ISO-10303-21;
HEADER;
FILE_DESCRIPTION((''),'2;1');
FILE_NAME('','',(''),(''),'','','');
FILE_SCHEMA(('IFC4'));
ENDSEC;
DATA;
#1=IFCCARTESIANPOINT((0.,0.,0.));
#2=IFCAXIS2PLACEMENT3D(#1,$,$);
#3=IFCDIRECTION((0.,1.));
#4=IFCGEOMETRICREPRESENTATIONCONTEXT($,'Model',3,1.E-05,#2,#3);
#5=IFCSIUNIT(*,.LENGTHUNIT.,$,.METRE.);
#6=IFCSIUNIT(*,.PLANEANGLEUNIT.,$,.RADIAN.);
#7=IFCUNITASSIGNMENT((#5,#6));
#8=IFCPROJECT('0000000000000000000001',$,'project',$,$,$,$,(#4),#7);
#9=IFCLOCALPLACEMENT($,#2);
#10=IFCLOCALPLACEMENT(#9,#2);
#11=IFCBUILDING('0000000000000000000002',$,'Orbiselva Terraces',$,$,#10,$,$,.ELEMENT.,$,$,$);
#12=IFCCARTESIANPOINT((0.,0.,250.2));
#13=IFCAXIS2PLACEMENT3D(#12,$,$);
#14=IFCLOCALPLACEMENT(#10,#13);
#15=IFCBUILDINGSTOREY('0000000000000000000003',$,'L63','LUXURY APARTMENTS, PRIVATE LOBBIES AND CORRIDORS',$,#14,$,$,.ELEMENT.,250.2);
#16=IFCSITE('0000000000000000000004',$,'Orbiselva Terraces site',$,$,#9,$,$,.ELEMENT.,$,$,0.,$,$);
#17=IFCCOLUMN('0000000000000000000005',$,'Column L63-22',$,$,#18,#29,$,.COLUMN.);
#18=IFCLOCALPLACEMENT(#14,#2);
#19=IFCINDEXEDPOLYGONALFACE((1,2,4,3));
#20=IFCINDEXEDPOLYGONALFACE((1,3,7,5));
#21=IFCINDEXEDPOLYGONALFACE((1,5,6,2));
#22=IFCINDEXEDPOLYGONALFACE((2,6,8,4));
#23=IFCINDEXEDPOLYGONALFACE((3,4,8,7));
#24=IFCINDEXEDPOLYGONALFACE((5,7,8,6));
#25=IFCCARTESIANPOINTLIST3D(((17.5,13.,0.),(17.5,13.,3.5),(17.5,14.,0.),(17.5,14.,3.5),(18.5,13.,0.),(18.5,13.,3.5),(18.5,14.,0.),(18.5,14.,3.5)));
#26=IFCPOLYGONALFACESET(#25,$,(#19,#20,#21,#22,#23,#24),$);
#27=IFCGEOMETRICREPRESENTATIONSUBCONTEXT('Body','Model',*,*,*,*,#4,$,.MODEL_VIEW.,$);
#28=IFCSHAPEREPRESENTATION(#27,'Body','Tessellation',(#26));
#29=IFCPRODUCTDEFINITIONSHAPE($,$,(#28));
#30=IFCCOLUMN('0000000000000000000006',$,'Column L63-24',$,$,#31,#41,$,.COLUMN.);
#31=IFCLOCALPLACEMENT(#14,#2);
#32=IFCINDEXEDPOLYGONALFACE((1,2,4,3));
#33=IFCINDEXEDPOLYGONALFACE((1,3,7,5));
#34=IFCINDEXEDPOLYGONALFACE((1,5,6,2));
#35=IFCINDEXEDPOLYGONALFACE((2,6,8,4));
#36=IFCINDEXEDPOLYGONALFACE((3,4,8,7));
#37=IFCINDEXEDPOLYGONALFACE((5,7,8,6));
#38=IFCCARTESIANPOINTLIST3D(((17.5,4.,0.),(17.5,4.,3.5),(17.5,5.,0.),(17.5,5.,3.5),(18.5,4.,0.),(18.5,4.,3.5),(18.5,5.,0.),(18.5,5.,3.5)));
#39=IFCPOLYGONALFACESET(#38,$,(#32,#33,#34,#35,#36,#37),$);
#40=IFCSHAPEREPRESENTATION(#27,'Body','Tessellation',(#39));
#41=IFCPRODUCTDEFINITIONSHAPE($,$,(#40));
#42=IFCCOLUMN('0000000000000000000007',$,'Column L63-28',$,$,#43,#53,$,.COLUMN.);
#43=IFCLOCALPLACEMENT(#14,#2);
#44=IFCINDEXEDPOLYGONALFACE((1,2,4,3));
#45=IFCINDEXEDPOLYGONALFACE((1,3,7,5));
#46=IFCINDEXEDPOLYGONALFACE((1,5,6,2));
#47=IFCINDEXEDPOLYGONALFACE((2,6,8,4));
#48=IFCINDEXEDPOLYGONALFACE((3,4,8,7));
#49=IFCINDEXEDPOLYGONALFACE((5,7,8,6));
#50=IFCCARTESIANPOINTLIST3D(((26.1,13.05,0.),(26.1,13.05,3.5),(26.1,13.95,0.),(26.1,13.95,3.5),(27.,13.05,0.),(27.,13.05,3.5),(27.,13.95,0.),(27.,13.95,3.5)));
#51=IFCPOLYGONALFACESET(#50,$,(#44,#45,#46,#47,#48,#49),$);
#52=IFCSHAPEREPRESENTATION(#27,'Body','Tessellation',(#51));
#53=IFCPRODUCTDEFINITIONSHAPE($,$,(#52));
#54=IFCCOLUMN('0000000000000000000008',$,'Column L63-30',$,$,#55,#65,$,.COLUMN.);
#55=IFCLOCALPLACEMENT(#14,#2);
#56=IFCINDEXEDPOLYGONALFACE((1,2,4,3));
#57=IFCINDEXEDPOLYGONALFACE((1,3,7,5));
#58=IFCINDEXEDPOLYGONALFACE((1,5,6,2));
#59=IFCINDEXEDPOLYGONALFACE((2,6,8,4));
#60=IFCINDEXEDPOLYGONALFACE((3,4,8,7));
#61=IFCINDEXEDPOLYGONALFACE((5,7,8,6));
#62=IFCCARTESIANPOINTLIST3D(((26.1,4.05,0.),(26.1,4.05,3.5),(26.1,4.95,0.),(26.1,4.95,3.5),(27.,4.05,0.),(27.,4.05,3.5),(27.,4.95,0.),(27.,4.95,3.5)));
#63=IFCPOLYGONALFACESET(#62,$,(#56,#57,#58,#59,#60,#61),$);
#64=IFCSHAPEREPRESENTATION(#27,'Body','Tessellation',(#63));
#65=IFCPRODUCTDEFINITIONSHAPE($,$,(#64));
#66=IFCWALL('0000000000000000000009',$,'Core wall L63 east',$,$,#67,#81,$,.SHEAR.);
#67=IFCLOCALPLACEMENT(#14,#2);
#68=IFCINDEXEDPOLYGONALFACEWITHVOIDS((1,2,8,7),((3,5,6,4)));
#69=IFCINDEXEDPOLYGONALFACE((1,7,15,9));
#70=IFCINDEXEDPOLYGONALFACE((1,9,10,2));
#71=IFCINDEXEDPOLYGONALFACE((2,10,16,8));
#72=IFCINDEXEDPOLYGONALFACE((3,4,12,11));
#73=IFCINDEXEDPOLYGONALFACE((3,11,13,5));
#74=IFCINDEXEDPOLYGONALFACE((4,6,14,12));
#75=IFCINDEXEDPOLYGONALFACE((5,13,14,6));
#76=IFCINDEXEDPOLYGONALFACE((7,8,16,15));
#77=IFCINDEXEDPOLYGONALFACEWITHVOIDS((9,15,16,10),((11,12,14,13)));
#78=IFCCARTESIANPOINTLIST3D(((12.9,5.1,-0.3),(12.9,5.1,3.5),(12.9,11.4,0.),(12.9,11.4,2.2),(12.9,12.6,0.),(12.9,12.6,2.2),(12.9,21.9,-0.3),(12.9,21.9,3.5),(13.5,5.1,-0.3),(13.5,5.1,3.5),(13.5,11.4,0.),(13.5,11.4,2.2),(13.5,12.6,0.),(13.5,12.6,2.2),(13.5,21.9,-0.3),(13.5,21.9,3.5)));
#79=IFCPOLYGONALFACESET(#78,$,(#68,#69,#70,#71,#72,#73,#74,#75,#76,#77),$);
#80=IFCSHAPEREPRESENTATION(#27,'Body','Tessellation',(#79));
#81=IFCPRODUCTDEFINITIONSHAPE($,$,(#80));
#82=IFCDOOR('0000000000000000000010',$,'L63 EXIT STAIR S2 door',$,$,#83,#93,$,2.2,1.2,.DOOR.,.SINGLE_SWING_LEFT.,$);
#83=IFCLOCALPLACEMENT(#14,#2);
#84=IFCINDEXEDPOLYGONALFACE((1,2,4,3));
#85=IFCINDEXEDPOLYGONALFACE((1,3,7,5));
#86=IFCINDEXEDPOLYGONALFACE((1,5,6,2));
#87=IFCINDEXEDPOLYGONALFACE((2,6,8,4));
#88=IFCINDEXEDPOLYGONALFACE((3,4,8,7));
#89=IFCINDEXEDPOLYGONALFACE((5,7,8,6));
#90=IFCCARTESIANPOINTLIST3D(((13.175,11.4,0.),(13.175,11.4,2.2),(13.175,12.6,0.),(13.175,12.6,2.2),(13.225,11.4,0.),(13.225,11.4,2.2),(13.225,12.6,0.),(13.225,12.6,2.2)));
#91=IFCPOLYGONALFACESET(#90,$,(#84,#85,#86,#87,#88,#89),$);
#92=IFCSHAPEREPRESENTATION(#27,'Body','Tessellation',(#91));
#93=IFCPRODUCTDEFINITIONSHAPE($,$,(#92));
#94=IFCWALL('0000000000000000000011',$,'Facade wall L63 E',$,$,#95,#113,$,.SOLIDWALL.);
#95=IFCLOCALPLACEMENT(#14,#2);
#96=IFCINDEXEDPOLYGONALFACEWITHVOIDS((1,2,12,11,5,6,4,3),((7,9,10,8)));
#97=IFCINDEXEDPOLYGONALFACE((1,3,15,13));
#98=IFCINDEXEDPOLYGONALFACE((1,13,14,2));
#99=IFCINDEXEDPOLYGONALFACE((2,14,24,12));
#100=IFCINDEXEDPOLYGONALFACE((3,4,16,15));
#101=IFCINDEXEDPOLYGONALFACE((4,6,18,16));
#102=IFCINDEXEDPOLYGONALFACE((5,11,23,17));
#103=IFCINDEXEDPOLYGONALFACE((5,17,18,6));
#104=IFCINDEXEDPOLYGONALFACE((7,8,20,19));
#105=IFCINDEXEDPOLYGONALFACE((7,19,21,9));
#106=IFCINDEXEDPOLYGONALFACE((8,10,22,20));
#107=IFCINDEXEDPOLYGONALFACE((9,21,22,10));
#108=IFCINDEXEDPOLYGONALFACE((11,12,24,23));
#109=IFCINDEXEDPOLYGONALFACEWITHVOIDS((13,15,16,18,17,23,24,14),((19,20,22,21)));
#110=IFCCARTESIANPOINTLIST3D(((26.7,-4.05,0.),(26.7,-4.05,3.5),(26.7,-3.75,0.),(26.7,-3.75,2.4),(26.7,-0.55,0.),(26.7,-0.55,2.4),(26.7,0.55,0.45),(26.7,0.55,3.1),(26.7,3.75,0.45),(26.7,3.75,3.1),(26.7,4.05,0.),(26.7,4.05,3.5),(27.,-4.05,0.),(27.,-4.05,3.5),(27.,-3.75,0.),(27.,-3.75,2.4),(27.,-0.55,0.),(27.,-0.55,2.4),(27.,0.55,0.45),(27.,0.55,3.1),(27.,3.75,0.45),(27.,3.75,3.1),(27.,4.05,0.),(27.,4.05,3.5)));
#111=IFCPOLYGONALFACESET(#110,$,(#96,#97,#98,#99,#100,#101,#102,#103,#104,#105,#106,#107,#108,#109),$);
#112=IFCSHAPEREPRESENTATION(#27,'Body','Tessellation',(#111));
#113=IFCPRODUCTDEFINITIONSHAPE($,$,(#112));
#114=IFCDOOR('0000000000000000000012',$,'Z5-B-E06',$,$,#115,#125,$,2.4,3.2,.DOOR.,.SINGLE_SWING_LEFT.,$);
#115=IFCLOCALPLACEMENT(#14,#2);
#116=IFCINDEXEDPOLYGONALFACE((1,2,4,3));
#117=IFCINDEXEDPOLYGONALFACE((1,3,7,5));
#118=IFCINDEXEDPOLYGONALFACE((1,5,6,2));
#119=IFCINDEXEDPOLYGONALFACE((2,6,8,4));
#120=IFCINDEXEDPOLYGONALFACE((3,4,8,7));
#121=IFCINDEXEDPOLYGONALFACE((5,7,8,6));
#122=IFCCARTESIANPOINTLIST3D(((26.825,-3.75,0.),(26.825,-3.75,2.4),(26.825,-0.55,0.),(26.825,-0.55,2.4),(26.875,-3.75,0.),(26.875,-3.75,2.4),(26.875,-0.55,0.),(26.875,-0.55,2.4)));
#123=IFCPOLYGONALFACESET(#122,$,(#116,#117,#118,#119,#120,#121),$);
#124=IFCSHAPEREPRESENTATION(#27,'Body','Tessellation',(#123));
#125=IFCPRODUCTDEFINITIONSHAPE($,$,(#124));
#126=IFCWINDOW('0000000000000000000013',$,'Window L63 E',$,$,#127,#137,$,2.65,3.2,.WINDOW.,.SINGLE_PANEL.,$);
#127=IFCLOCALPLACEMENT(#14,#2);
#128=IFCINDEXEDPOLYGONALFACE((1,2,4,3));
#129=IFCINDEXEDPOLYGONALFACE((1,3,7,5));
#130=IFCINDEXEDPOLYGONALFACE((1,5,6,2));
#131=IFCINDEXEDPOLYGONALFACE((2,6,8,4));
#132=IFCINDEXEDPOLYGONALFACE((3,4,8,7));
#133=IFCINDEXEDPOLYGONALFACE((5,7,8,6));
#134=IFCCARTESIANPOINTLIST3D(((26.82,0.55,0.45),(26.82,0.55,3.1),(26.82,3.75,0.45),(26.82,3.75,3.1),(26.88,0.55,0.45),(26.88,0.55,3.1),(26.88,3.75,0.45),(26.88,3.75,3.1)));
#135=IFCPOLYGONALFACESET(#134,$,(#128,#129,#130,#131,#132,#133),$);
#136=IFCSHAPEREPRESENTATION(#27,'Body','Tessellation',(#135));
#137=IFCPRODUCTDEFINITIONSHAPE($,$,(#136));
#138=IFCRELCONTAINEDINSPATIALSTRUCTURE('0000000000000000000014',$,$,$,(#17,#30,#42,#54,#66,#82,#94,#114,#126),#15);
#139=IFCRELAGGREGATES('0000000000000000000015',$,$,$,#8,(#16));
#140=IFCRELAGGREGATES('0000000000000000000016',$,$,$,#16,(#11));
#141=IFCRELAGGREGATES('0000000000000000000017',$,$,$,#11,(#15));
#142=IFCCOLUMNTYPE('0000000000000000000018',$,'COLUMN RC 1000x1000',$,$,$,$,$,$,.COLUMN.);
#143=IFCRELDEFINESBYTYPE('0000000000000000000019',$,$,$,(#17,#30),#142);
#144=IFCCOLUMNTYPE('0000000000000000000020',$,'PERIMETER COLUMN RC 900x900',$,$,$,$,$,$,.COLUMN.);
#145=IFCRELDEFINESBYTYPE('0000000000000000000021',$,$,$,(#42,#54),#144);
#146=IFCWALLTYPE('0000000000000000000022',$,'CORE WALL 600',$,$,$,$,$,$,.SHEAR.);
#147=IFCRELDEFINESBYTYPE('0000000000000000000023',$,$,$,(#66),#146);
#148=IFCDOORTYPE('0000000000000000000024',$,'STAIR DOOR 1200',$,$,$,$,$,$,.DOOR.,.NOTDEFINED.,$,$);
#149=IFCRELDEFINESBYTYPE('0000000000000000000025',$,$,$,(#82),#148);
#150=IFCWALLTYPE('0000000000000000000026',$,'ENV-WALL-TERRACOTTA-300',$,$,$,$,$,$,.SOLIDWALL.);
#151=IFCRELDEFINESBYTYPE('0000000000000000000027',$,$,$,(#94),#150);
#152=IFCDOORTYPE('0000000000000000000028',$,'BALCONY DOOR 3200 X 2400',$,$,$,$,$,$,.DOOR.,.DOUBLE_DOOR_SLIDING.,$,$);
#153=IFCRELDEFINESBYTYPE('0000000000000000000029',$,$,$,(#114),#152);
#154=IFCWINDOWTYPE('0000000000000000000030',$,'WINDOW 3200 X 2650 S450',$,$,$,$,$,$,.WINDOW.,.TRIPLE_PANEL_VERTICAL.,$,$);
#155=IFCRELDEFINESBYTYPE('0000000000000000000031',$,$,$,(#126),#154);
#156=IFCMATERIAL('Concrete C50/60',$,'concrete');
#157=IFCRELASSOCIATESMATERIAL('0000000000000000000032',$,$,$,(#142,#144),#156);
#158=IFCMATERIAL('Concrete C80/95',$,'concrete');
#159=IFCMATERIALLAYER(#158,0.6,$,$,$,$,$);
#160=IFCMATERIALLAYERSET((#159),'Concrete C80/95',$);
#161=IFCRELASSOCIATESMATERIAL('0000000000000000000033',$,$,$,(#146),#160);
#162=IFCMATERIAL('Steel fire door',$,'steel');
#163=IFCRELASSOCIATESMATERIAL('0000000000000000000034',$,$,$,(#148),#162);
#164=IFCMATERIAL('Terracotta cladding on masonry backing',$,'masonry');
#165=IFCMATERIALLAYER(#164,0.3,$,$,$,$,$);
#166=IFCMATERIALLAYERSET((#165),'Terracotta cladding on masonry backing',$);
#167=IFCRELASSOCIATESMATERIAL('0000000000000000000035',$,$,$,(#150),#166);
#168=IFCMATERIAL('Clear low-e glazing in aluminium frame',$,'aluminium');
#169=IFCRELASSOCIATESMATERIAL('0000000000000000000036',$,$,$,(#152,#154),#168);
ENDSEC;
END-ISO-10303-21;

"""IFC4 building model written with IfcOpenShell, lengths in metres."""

from ifc_helpers import new_model, si_unit, direction, frame, frame_2d, origin, origin_2d, place, context, subcontext, project, spatial, rectangle, extrude, material, layer, layer_set, material_profile, profile_set, type_object, element, fill, save


model = new_model("IFC4")

# Units and contexts
model_context = context("Model", 3, precision=1e-05, world=origin(), true_north=direction((0.0, 1.0)))
body_context = subcontext(model_context, "Body", "Model", "MODEL_VIEW")
ifc_project = project(units=[si_unit("LENGTHUNIT", "METRE"), si_unit("PLANEANGLEUNIT", "RADIAN")], contexts=[model_context])

# Site, building, storey
site_placement = place(None, origin())
site = spatial("IfcSite", under=ifc_project, at=site_placement, Name="Orbiselva Terraces site", CompositionType="ELEMENT", RefElevation=0.0)
building_placement = place(site_placement, origin())
building = spatial("IfcBuilding", under=site, at=building_placement, Name="Orbiselva Terraces", CompositionType="ELEMENT")
storey_placement = place(building_placement, frame((0.0, 0.0, 250.2)))
storey = spatial("IfcBuildingStorey", under=building, at=storey_placement, Name="L63", Description="LUXURY APARTMENTS, PRIVATE LOBBIES AND CORRIDORS", CompositionType="ELEMENT", Elevation=250.2)

# Columns
ifc_material_1 = material(Name="Concrete C50/60", Category="concrete")
ifc_material_profile_1 = material_profile(ifc_material_1, rectangle(XDim=1.0, YDim=1.0, at=origin_2d()), Name="RC 1000x1000")
ifc_profile_set_1 = profile_set([ifc_material_profile_1], Name="Concrete C50/60")
column_type_1 = type_object("IfcColumnType", Name="COLUMN RC 1000x1000", PredefinedType="COLUMN", material=ifc_profile_set_1)
for number, where, z_axis, x_axis, name in (
    (1, (18.0, 13.5, 0.0), (0.0, 0.0, 1.0), (1.0, 0.0, 0.0), "Column L63-22"),
    (2, (18.0, 4.5, 0.0), (0.0, 0.0, 1.0), (1.0, 0.0, 0.0), "Column L63-24"),
):
    element("IfcColumn", number, at=place(storey_placement, frame(where, z_axis=z_axis, x_axis=x_axis)), inside=storey, type_object=column_type_1, Name=name, PredefinedType="COLUMN", context=body_context, shape_type="SweptSolid", body=[
        extrude(rectangle(XDim=1.0, YDim=1.0, at=origin_2d()), origin(), (0.0, 0.0, 1.0), 3.5),
    ])
ifc_material_profile_2 = material_profile(ifc_material_1, rectangle(XDim=0.9, YDim=0.9, at=origin_2d()), Name="RC 900x900")
ifc_profile_set_2 = profile_set([ifc_material_profile_2], Name="Concrete C50/60")
column_type_2 = type_object("IfcColumnType", Name="PERIMETER COLUMN RC 900x900", PredefinedType="COLUMN", material=ifc_profile_set_2)
for number, where, z_axis, x_axis, name in (
    (3, (26.55, 13.5, 0.0), (0.0, 0.0, 1.0), (1.0, 0.0, 0.0), "Column L63-28"),
    (4, (26.55, 4.5, 0.0), (0.0, 0.0, 1.0), (1.0, 0.0, 0.0), "Column L63-30"),
):
    element("IfcColumn", number, at=place(storey_placement, frame(where, z_axis=z_axis, x_axis=x_axis)), inside=storey, type_object=column_type_2, Name=name, PredefinedType="COLUMN", context=body_context, shape_type="SweptSolid", body=[
        extrude(rectangle(XDim=0.9, YDim=0.9, at=origin_2d()), origin(), (0.0, 0.0, 1.0), 3.5),
    ])

# Wall, opening, door
ifc_material_2 = material(Name="Concrete C80/95", Category="concrete")
ifc_layer_1 = layer(ifc_material_2, 0.6)
ifc_layer_set_1 = layer_set([ifc_layer_1], Name="Concrete C80/95")
wall_type_1 = type_object("IfcWallType", Name="CORE WALL 600", PredefinedType="SHEAR", material=ifc_layer_set_1)
wall_1_placement = place(storey_placement, frame((13.2, 5.1, -0.3), z_axis=(0.0, 0.0, 1.0), x_axis=(0.0, 1.0, 0.0)))
wall_1 = element("IfcWall", 5, at=wall_1_placement, inside=storey, type_object=wall_type_1, Name="Core wall L63 east", PredefinedType="SHEAR", context=body_context, shape_type="SweptSolid", body=[
    extrude(rectangle(XDim=16.8, YDim=0.6, at=frame_2d((8.4, 0.0))), origin(), (0.0, 0.0, 1.0), 3.8),
])
opening_1_placement = place(wall_1_placement, frame((6.3, 0.0, 0.3)))
opening_1 = element("IfcOpeningElement", 6, at=opening_1_placement, cuts=wall_1, PredefinedType="OPENING", context=body_context, shape_type="SweptSolid", body=[
    extrude(rectangle(XDim=1.2, YDim=2.2, at=frame_2d((0.6, 1.1))), frame((0.0, 0.31, 0.0), z_axis=(0.0, -1.0, 0.0), x_axis=(1.0, 0.0, 0.0)), (0.0, 0.0, 1.0), 0.62),
])
ifc_material_3 = material(Name="Steel fire door", Category="steel")
door_type_1 = type_object("IfcDoorType", Name="STAIR DOOR 1200", OperationType="NOTDEFINED", PredefinedType="DOOR", material=ifc_material_3)
door_1_placement = place(opening_1_placement, frame((1.2, 0.0, 0.0), z_axis=(0.0, 0.0, 1.0), x_axis=(-1.0, 0.0, 0.0)))
door_1 = element("IfcDoor", 7, at=door_1_placement, inside=storey, type_object=door_type_1, Name="L63 EXIT STAIR S2 door", OperationType="SINGLE_SWING_LEFT", OverallHeight=2.2, OverallWidth=1.2, PredefinedType="DOOR", context=body_context, shape_type="SweptSolid", body=[
    extrude(rectangle(XDim=1.2, YDim=2.2, at=frame_2d((0.6, 1.1))), frame((0.0, 0.025, 0.0), z_axis=(0.0, -1.0, 0.0), x_axis=(1.0, 0.0, 0.0)), (0.0, 0.0, 1.0), 0.05),
])
fill(opening_1, door_1)

# Wall, openings, door, window
ifc_material_4 = material(Name="Terracotta cladding on masonry backing", Category="masonry")
ifc_layer_2 = layer(ifc_material_4, 0.3)
ifc_layer_set_2 = layer_set([ifc_layer_2], Name="Terracotta cladding on masonry backing")
wall_type_2 = type_object("IfcWallType", Name="ENV-WALL-TERRACOTTA-300", PredefinedType="SOLIDWALL", material=ifc_layer_set_2)
wall_2_placement = place(storey_placement, frame((26.85, 4.05, 0.0), z_axis=(0.0, 0.0, 1.0), x_axis=(0.0, -1.0, 0.0)))
wall_2 = element("IfcWall", 8, at=wall_2_placement, inside=storey, type_object=wall_type_2, Name="Facade wall L63 E", PredefinedType="SOLIDWALL", context=body_context, shape_type="SweptSolid", body=[
    extrude(rectangle(XDim=8.1, YDim=0.3, at=frame_2d((4.05, 0.0))), origin(), (0.0, 0.0, 1.0), 3.5),
])
opening_2_placement = place(wall_2_placement, frame((4.6, 0.0, 0.0)))
opening_2 = element("IfcOpeningElement", 9, at=opening_2_placement, cuts=wall_2, PredefinedType="OPENING", context=body_context, shape_type="SweptSolid", body=[
    extrude(rectangle(XDim=3.2, YDim=2.4, at=frame_2d((1.6, 1.2))), frame((0.0, 0.16, 0.0), z_axis=(0.0, -1.0, 0.0), x_axis=(1.0, 0.0, 0.0)), (0.0, 0.0, 1.0), 0.32),
])
opening_3_placement = place(wall_2_placement, frame((0.3, 0.0, 0.45)))
opening_3 = element("IfcOpeningElement", 10, at=opening_3_placement, cuts=wall_2, PredefinedType="OPENING", context=body_context, shape_type="SweptSolid", body=[
    extrude(rectangle(XDim=3.2, YDim=2.65, at=frame_2d((1.6, 1.325))), frame((0.0, 0.16, 0.0), z_axis=(0.0, -1.0, 0.0), x_axis=(1.0, 0.0, 0.0)), (0.0, 0.0, 1.0), 0.32),
])
ifc_material_5 = material(Name="Clear low-e glazing in aluminium frame", Category="aluminium")
door_type_2 = type_object("IfcDoorType", Name="BALCONY DOOR 3200 X 2400", OperationType="DOUBLE_DOOR_SLIDING", PredefinedType="DOOR", material=ifc_material_5)
door_2_placement = place(opening_2_placement, origin())
door_2 = element("IfcDoor", 11, at=door_2_placement, inside=storey, type_object=door_type_2, Name="Z5-B-E06", OperationType="SINGLE_SWING_LEFT", OverallHeight=2.4, OverallWidth=3.2, PredefinedType="DOOR", context=body_context, shape_type="SweptSolid", body=[
    extrude(rectangle(XDim=3.2, YDim=2.4, at=frame_2d((1.6, 1.2))), frame((0.0, 0.025, 0.0), z_axis=(0.0, -1.0, 0.0), x_axis=(1.0, 0.0, 0.0)), (0.0, 0.0, 1.0), 0.05),
])
fill(opening_2, door_2)
window_type = type_object("IfcWindowType", Name="WINDOW 3200 X 2650 S450", PartitioningType="TRIPLE_PANEL_VERTICAL", PredefinedType="WINDOW", material=ifc_material_5)
window_1_placement = place(opening_3_placement, origin())
window_1 = element("IfcWindow", 12, at=window_1_placement, inside=storey, type_object=window_type, Name="Window L63 E", OverallHeight=2.65, OverallWidth=3.2, PartitioningType="SINGLE_PANEL", PredefinedType="WINDOW", context=body_context, shape_type="SweptSolid", body=[
    extrude(rectangle(XDim=3.2, YDim=2.65, at=frame_2d((1.6, 1.325))), frame((0.0, 0.03, 0.0), z_axis=(0.0, -1.0, 0.0), x_axis=(1.0, 0.0, 0.0)), (0.0, 0.0, 1.0), 0.06),
])
fill(opening_3, window_1)

save(model, "model.ifc")
